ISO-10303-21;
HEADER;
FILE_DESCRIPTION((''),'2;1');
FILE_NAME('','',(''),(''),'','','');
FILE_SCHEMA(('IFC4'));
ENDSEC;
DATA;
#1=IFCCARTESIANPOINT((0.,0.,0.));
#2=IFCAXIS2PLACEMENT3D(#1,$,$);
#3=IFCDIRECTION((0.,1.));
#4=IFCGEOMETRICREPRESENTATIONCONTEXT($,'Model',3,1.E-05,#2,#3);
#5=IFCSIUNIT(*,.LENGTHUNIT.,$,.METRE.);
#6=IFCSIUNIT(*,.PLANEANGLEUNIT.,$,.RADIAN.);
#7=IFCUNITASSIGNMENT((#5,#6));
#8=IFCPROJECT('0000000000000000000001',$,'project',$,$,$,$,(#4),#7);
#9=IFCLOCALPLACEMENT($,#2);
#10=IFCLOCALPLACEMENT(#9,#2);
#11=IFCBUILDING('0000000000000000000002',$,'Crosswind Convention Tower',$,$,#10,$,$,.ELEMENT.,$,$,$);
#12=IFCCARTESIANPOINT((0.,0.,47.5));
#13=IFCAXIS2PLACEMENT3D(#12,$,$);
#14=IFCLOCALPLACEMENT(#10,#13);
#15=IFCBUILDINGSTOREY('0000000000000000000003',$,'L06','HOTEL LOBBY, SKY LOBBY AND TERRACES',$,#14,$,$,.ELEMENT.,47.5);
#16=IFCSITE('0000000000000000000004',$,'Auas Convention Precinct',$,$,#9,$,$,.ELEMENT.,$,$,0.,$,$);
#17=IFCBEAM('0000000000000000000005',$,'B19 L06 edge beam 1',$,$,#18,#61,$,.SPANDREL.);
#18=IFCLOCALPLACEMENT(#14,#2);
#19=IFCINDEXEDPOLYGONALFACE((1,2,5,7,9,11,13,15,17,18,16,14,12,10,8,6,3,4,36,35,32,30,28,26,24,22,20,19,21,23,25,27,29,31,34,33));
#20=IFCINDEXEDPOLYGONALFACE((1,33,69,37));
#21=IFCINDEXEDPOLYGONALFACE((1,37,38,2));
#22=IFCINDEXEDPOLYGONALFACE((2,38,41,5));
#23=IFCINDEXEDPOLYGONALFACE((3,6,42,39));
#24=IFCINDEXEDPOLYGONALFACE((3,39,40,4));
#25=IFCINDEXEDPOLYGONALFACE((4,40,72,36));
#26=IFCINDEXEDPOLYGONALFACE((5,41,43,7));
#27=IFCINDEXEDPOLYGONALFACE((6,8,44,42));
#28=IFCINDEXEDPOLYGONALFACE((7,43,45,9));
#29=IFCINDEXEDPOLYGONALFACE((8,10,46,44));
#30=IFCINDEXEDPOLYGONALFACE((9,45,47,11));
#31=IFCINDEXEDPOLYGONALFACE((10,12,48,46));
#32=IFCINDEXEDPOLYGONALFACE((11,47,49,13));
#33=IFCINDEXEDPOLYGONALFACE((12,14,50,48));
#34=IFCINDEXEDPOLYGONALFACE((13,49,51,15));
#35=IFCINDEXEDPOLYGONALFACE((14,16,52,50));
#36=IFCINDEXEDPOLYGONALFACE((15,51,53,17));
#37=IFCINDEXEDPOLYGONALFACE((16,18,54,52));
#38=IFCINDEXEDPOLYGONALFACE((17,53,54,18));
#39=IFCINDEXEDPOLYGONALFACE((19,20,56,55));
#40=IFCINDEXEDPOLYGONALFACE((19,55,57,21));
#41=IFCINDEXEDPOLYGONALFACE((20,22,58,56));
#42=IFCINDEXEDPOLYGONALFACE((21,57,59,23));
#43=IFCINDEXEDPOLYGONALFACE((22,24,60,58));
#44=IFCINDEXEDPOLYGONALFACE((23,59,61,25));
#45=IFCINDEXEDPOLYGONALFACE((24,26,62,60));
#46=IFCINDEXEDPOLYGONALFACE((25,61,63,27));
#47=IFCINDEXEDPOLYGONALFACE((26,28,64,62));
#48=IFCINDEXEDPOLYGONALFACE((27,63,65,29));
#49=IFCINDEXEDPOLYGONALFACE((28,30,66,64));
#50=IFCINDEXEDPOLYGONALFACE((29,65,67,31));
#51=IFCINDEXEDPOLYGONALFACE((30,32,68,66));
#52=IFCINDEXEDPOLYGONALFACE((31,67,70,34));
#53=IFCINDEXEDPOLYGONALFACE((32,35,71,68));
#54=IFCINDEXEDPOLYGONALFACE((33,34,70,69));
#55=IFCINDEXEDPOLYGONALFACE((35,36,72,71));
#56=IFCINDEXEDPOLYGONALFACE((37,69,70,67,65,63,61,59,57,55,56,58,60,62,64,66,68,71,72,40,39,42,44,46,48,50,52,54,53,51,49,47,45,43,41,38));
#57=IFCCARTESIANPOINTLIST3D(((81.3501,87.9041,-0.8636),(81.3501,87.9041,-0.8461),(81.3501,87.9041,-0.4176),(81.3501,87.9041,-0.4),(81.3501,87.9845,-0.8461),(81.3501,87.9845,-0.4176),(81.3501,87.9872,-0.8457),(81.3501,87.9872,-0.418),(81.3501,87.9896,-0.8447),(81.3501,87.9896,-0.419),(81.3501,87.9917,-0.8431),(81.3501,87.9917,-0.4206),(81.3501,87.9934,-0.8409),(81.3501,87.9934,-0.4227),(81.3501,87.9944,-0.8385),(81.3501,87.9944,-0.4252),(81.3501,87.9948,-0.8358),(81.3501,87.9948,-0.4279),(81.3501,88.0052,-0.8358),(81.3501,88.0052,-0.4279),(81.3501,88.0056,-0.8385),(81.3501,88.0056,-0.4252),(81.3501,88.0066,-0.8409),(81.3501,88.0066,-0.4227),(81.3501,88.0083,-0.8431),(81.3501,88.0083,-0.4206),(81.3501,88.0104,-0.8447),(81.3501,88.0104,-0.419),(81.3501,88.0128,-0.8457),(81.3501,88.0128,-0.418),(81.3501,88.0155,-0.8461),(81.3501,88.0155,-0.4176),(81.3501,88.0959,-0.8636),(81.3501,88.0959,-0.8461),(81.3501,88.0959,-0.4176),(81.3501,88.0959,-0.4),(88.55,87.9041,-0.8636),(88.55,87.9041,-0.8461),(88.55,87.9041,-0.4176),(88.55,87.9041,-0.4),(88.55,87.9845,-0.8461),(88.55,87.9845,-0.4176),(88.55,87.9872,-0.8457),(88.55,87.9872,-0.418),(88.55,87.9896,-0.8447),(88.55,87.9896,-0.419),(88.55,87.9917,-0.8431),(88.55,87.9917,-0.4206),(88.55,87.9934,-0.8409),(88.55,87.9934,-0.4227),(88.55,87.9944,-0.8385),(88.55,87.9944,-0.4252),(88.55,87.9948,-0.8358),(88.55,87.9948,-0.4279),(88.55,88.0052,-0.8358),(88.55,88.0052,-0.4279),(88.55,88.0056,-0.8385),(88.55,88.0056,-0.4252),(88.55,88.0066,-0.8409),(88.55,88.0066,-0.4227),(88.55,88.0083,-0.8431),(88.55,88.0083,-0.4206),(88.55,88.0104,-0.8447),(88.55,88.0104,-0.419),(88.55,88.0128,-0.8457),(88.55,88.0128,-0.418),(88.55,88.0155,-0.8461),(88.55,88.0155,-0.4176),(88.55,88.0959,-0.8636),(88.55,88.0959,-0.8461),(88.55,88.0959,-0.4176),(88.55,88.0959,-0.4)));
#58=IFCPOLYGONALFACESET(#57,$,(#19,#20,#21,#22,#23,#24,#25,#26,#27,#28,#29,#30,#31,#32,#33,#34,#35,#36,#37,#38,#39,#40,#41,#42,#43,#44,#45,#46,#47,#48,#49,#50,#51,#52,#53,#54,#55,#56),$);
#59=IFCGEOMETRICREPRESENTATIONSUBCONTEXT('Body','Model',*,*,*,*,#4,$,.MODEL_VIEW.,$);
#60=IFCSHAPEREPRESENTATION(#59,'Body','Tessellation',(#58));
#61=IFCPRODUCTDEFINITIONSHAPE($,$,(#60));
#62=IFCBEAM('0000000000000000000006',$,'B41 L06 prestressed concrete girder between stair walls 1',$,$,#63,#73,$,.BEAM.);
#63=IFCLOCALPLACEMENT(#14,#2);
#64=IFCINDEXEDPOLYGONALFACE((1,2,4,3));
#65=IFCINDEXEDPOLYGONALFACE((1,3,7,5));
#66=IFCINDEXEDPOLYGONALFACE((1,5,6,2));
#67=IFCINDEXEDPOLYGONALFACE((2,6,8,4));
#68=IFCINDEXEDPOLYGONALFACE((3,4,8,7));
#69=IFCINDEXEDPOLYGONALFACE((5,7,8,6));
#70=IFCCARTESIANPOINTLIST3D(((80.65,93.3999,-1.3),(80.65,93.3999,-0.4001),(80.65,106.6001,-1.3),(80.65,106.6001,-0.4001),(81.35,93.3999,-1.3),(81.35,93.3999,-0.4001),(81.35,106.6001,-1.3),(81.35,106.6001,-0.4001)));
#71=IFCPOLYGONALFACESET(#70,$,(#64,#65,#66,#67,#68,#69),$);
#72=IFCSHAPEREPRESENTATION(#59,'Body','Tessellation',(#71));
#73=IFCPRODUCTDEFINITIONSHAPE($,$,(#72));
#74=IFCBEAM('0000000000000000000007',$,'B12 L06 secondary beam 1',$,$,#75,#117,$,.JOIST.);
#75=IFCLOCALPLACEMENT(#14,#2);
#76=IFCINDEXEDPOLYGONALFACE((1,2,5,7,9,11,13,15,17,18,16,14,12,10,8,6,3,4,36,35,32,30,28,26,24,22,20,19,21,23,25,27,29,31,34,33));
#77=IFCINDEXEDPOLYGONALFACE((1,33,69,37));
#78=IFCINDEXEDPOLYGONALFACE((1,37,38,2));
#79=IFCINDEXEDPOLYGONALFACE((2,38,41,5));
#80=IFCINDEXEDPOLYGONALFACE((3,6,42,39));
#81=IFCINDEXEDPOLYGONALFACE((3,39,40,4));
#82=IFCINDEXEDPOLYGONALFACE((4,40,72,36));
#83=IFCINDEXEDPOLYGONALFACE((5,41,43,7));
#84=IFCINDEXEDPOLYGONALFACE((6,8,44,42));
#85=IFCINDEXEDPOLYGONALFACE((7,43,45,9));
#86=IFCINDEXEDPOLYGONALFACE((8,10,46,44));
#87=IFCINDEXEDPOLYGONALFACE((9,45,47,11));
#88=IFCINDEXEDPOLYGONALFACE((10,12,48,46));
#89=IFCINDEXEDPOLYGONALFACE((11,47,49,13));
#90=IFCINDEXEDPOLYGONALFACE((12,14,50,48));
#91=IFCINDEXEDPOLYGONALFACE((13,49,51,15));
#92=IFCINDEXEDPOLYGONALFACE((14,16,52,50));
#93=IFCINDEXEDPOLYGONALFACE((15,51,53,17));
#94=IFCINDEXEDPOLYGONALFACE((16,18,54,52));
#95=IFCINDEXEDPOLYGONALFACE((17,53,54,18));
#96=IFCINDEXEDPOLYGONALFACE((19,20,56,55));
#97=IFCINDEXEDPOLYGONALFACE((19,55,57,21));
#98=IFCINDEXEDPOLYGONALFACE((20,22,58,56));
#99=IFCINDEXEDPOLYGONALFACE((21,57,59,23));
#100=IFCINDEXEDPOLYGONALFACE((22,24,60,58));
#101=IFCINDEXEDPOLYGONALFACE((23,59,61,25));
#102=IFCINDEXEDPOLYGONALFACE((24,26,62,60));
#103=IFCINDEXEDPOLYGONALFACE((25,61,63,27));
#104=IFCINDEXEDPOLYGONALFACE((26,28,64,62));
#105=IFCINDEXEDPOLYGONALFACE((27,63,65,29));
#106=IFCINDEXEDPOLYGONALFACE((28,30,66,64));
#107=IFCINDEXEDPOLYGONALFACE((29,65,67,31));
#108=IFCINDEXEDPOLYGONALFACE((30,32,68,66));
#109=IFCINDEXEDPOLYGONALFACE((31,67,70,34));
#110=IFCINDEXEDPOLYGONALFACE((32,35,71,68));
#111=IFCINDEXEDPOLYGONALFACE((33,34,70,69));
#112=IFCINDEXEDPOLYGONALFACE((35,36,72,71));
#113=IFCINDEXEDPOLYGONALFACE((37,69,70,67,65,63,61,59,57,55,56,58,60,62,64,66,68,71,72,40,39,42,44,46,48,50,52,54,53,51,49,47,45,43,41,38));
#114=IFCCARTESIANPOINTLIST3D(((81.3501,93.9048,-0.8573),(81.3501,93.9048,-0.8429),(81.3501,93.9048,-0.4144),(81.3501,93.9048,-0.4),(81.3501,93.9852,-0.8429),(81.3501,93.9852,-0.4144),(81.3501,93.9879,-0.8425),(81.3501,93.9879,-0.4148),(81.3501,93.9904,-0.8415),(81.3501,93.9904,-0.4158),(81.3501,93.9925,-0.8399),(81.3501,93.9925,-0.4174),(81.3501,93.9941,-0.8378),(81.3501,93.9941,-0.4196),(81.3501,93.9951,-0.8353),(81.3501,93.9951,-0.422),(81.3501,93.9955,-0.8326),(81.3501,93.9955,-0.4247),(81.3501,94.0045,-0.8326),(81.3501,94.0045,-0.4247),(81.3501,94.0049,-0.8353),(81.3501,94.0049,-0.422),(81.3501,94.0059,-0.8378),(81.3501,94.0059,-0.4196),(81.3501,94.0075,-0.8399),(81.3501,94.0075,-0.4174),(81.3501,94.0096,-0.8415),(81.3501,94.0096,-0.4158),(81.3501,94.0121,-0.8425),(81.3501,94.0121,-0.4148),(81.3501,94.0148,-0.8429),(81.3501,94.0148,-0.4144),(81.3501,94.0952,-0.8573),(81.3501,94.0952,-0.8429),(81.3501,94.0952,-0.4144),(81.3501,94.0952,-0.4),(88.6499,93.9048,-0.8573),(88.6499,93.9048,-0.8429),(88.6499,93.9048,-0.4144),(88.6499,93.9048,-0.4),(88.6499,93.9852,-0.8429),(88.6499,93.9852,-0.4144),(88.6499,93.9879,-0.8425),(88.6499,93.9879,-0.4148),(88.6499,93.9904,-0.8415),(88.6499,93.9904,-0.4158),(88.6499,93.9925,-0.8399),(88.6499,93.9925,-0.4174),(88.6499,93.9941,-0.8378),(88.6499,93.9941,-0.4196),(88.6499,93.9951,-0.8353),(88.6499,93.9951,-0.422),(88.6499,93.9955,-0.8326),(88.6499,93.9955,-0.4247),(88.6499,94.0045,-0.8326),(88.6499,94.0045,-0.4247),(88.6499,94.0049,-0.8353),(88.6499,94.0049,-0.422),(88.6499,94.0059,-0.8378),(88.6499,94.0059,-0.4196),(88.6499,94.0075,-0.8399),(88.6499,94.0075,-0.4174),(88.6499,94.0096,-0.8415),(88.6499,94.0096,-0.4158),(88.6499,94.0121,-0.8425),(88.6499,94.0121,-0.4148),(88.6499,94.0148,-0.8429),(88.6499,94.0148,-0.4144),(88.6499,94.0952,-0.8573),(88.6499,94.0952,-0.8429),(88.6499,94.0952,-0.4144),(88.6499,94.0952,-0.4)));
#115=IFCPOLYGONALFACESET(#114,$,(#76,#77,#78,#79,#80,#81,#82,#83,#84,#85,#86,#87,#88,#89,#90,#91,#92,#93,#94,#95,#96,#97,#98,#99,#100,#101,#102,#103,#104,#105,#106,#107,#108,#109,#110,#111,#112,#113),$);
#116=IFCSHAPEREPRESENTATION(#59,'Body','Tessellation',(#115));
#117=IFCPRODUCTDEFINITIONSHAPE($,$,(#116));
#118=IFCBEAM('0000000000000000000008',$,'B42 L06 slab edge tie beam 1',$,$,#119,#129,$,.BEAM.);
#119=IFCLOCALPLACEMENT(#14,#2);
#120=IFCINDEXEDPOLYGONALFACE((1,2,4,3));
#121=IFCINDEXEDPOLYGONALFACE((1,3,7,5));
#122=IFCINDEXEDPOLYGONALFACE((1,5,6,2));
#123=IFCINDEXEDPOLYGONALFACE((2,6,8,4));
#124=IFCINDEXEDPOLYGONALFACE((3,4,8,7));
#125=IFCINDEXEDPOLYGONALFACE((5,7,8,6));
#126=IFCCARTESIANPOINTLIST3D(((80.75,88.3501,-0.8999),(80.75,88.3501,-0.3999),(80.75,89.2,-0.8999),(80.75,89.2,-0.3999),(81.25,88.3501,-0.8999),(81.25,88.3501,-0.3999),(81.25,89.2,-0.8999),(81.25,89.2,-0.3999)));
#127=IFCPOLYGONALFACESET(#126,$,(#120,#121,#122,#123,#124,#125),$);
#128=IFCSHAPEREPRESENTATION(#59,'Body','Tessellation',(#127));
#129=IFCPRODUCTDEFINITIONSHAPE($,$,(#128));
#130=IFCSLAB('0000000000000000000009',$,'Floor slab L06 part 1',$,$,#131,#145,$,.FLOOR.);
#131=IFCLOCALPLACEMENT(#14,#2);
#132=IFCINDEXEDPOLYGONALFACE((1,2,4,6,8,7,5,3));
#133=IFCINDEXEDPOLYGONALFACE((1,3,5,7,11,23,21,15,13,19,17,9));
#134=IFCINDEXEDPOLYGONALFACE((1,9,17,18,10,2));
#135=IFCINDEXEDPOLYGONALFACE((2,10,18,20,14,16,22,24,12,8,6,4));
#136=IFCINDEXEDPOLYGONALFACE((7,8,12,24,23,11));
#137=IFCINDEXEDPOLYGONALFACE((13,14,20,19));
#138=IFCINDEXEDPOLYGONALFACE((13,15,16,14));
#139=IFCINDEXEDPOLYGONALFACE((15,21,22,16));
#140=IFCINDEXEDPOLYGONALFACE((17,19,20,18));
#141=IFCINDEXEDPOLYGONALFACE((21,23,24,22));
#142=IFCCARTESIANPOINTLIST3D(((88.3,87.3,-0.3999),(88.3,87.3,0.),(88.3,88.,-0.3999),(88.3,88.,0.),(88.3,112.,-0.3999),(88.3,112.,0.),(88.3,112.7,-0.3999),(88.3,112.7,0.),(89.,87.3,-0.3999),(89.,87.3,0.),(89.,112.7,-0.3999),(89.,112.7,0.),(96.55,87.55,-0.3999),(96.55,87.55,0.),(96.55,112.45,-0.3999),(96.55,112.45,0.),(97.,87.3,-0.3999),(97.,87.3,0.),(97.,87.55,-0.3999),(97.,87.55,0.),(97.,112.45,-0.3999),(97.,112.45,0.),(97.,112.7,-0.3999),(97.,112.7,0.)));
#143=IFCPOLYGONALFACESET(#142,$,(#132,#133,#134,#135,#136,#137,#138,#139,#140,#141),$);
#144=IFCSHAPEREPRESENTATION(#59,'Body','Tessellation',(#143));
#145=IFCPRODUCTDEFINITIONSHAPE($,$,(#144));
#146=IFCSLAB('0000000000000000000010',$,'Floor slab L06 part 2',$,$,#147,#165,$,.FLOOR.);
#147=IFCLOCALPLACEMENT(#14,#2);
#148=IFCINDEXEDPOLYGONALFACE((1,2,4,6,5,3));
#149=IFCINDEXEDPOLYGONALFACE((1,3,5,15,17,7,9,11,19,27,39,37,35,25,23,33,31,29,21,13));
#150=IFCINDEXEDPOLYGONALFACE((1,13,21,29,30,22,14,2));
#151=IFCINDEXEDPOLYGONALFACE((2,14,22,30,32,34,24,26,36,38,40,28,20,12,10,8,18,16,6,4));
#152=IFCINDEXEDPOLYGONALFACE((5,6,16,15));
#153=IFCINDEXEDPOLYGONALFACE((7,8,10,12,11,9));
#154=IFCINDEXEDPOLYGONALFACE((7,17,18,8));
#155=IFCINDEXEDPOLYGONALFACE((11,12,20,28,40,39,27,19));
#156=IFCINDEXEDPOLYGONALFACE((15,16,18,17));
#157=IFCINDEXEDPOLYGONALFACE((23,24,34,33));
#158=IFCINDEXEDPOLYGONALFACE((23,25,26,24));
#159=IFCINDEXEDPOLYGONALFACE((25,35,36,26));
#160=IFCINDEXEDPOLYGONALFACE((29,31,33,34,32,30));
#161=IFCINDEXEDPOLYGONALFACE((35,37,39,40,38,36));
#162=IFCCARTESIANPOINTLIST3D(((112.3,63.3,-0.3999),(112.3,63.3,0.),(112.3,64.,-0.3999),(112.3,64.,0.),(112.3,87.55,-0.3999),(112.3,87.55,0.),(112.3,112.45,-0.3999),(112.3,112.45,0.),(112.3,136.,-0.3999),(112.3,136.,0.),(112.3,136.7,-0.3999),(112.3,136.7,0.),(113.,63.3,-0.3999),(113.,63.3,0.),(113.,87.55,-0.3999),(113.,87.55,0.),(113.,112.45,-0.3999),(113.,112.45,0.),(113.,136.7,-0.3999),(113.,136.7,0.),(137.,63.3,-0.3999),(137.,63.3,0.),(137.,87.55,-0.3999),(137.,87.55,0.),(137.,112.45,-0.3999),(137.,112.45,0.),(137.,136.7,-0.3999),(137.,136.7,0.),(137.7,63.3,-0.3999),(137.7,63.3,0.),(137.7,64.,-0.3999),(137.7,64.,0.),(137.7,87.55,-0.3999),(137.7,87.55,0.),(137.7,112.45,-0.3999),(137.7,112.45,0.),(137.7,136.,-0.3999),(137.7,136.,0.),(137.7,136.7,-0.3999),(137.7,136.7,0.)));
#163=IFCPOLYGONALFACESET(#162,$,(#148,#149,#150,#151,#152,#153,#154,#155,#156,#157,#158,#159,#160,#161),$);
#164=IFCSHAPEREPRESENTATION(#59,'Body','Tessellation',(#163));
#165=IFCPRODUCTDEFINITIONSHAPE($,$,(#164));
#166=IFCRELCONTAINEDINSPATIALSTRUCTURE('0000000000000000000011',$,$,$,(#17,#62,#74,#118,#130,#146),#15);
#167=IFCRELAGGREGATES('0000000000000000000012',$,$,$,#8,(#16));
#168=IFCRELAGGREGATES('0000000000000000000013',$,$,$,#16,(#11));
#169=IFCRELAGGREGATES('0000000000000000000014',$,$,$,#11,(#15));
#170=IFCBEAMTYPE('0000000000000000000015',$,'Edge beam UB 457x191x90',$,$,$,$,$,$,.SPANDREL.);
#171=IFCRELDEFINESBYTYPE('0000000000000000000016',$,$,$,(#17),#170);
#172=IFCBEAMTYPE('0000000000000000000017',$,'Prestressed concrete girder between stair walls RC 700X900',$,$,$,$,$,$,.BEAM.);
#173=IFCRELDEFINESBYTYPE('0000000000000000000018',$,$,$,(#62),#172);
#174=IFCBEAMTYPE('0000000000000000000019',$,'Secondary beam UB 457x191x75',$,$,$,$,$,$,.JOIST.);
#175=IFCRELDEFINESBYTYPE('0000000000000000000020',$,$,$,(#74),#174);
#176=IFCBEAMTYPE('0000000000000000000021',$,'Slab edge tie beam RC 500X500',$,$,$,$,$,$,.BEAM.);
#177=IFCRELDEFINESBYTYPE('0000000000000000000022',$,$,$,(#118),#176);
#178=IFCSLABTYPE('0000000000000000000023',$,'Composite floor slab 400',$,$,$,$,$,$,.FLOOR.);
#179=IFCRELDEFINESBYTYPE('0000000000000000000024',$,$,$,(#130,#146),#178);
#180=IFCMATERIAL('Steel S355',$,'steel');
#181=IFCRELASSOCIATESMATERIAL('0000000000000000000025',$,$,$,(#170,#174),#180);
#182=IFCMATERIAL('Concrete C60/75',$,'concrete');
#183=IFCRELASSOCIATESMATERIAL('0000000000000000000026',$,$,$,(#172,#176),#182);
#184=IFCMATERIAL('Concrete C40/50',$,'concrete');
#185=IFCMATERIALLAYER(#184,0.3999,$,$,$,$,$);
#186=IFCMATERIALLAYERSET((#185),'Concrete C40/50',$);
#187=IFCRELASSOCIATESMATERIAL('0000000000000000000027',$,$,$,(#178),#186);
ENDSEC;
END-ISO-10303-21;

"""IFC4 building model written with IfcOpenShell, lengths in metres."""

from ifc_helpers import new_model, si_unit, direction, frame, origin, origin_2d, place, context, subcontext, project, spatial, polyline, rectangle, i_section, outline, extrude, material, layer, layer_set, material_profile, profile_set, type_object, element, save


model = new_model("IFC4")

# Units and contexts
model_context = context("Model", 3, precision=1e-05, world=origin(), true_north=direction((0.0, 1.0)))
body_context = subcontext(model_context, "Body", "Model", "MODEL_VIEW")
ifc_project = project(units=[si_unit("LENGTHUNIT", "METRE"), si_unit("PLANEANGLEUNIT", "RADIAN")], contexts=[model_context])

# Site, building, storey
site_placement = place(None, origin())
site = spatial("IfcSite", under=ifc_project, at=site_placement, Name="Auas Convention Precinct", CompositionType="ELEMENT", RefElevation=0.0)
building_placement = place(site_placement, origin())
building = spatial("IfcBuilding", under=site, at=building_placement, Name="Crosswind Convention Tower", CompositionType="ELEMENT")
storey_placement = place(building_placement, frame((0.0, 0.0, 47.5)))
storey = spatial("IfcBuildingStorey", under=building, at=storey_placement, Name="L06", Description="HOTEL LOBBY, SKY LOBBY AND TERRACES", CompositionType="ELEMENT", Elevation=47.5)

# Beams
ifc_material_1 = material(Name="Steel S355", Category="steel")
ifc_material_profile_1 = material_profile(ifc_material_1, i_section(OverallWidth=0.1919, OverallDepth=0.4636, WebThickness=0.0105, FlangeThickness=0.0176, FilletRadius=0.0103, at=origin_2d()), Name="UB 457x191x90")
ifc_profile_set_1 = profile_set([ifc_material_profile_1], Name="Steel S355")
beam_type_1 = type_object("IfcBeamType", Name="Edge beam UB 457x191x90", PredefinedType="SPANDREL", material=ifc_profile_set_1)
beam_1_placement = place(storey_placement, frame((81.3501, 88.0, -0.6318), z_axis=(1.0, 0.0, 0.0), x_axis=(0.0, 1.0, 0.0)))
element("IfcBeam", 1, at=beam_1_placement, inside=storey, type_object=beam_type_1, Name="B19 L06 edge beam 1", PredefinedType="SPANDREL", context=body_context, shape_type="SweptSolid", body=[
    extrude(i_section(OverallWidth=0.1919, OverallDepth=0.4636, WebThickness=0.0105, FlangeThickness=0.0176, FilletRadius=0.0103, at=origin_2d()), origin(), (0.0, 0.0, 1.0), 7.2),
])
ifc_material_2 = material(Name="Concrete C60/75", Category="concrete")
ifc_material_profile_2 = material_profile(ifc_material_2, rectangle(XDim=0.7, YDim=0.8999, at=origin_2d()), Name="RC 700X900")
ifc_profile_set_2 = profile_set([ifc_material_profile_2], Name="Concrete C60/75")
beam_type_2 = type_object("IfcBeamType", Name="Prestressed concrete girder between stair walls RC 700X900", PredefinedType="BEAM", material=ifc_profile_set_2)
beam_2_placement = place(storey_placement, frame((81.0, 93.3999, -0.8501), z_axis=(0.0, 1.0, 0.0), x_axis=(-1.0, 0.0, 0.0)))
element("IfcBeam", 2, at=beam_2_placement, inside=storey, type_object=beam_type_2, Name="B41 L06 prestressed concrete girder between stair walls 1", PredefinedType="BEAM", context=body_context, shape_type="SweptSolid", body=[
    extrude(rectangle(XDim=0.7, YDim=0.8999, at=origin_2d()), origin(), (0.0, 0.0, 1.0), 13.2002),
])
ifc_material_profile_3 = material_profile(ifc_material_1, i_section(OverallWidth=0.1904, OverallDepth=0.4573, WebThickness=0.009, FlangeThickness=0.0144, FilletRadius=0.0103, at=origin_2d()), Name="UB 457x191x75")
ifc_profile_set_3 = profile_set([ifc_material_profile_3], Name="Steel S355")
beam_type_3 = type_object("IfcBeamType", Name="Secondary beam UB 457x191x75", PredefinedType="JOIST", material=ifc_profile_set_3)
beam_3_placement = place(storey_placement, frame((81.3501, 94.0, -0.6287), z_axis=(1.0, 0.0, 0.0), x_axis=(0.0, 1.0, 0.0)))
element("IfcBeam", 3, at=beam_3_placement, inside=storey, type_object=beam_type_3, Name="B12 L06 secondary beam 1", PredefinedType="JOIST", context=body_context, shape_type="SweptSolid", body=[
    extrude(i_section(OverallWidth=0.1904, OverallDepth=0.4573, WebThickness=0.009, FlangeThickness=0.0144, FilletRadius=0.0103, at=origin_2d()), origin(), (0.0, 0.0, 1.0), 7.2998),
])
ifc_material_profile_4 = material_profile(ifc_material_2, rectangle(XDim=0.5, YDim=0.5, at=origin_2d()), Name="RC 500X500")
ifc_profile_set_4 = profile_set([ifc_material_profile_4], Name="Concrete C60/75")
beam_type_4 = type_object("IfcBeamType", Name="Slab edge tie beam RC 500X500", PredefinedType="BEAM", material=ifc_profile_set_4)
beam_4_placement = place(storey_placement, frame((81.0, 88.3501, -0.6499), z_axis=(0.0, 1.0, 0.0), x_axis=(-1.0, 0.0, 0.0)))
element("IfcBeam", 4, at=beam_4_placement, inside=storey, type_object=beam_type_4, Name="B42 L06 slab edge tie beam 1", PredefinedType="BEAM", context=body_context, shape_type="SweptSolid", body=[
    extrude(rectangle(XDim=0.5, YDim=0.5, at=origin_2d()), origin(), (0.0, 0.0, 1.0), 0.8499),
])

# Slabs
ifc_material_3 = material(Name="Concrete C40/50", Category="concrete")
ifc_layer_1 = layer(ifc_material_3, 0.3999)
ifc_layer_set_1 = layer_set([ifc_layer_1], Name="Concrete C40/50")
slab_type_1 = type_object("IfcSlabType", Name="Composite floor slab 400", PredefinedType="FLOOR", material=ifc_layer_set_1)
slab_1_placement = place(storey_placement, frame((0.0, 0.0, -0.3999)))
element("IfcSlab", 5, at=slab_1_placement, inside=storey, type_object=slab_type_1, Name="Floor slab L06 part 1", PredefinedType="FLOOR", context=body_context, shape_type="SweptSolid", body=[
    extrude(outline(polyline([(97.0, 87.3), (89.0, 87.3), (88.3, 87.3), (88.3, 88.0), (88.3, 112.0), (88.3, 112.7), (89.0, 112.7), (97.0, 112.7), (97.0, 112.45), (96.55, 112.45), (96.55, 87.55), (97.0, 87.55), (97.0, 87.3)])), origin(), (0.0, 0.0, 1.0), 0.3999),
])
slab_2_placement = place(storey_placement, frame((0.0, 0.0, -0.3999)))
element("IfcSlab", 6, at=slab_2_placement, inside=storey, type_object=slab_type_1, Name="Floor slab L06 part 2", PredefinedType="FLOOR", context=body_context, shape_type="SweptSolid", body=[
    extrude(outline(polyline([(112.3, 87.55), (113.0, 87.55), (113.0, 112.45), (112.3, 112.45), (112.3, 136.0), (112.3, 136.7), (113.0, 136.7), (137.0, 136.7), (137.7, 136.7), (137.7, 136.0), (137.7, 112.45), (137.0, 112.45), (137.0, 87.55), (137.7, 87.55), (137.7, 64.0), (137.7, 63.3), (137.0, 63.3), (113.0, 63.3), (112.3, 63.3), (112.3, 64.0), (112.3, 87.55)])), origin(), (0.0, 0.0, 1.0), 0.3999),
])

save(model, "model.ifc")
